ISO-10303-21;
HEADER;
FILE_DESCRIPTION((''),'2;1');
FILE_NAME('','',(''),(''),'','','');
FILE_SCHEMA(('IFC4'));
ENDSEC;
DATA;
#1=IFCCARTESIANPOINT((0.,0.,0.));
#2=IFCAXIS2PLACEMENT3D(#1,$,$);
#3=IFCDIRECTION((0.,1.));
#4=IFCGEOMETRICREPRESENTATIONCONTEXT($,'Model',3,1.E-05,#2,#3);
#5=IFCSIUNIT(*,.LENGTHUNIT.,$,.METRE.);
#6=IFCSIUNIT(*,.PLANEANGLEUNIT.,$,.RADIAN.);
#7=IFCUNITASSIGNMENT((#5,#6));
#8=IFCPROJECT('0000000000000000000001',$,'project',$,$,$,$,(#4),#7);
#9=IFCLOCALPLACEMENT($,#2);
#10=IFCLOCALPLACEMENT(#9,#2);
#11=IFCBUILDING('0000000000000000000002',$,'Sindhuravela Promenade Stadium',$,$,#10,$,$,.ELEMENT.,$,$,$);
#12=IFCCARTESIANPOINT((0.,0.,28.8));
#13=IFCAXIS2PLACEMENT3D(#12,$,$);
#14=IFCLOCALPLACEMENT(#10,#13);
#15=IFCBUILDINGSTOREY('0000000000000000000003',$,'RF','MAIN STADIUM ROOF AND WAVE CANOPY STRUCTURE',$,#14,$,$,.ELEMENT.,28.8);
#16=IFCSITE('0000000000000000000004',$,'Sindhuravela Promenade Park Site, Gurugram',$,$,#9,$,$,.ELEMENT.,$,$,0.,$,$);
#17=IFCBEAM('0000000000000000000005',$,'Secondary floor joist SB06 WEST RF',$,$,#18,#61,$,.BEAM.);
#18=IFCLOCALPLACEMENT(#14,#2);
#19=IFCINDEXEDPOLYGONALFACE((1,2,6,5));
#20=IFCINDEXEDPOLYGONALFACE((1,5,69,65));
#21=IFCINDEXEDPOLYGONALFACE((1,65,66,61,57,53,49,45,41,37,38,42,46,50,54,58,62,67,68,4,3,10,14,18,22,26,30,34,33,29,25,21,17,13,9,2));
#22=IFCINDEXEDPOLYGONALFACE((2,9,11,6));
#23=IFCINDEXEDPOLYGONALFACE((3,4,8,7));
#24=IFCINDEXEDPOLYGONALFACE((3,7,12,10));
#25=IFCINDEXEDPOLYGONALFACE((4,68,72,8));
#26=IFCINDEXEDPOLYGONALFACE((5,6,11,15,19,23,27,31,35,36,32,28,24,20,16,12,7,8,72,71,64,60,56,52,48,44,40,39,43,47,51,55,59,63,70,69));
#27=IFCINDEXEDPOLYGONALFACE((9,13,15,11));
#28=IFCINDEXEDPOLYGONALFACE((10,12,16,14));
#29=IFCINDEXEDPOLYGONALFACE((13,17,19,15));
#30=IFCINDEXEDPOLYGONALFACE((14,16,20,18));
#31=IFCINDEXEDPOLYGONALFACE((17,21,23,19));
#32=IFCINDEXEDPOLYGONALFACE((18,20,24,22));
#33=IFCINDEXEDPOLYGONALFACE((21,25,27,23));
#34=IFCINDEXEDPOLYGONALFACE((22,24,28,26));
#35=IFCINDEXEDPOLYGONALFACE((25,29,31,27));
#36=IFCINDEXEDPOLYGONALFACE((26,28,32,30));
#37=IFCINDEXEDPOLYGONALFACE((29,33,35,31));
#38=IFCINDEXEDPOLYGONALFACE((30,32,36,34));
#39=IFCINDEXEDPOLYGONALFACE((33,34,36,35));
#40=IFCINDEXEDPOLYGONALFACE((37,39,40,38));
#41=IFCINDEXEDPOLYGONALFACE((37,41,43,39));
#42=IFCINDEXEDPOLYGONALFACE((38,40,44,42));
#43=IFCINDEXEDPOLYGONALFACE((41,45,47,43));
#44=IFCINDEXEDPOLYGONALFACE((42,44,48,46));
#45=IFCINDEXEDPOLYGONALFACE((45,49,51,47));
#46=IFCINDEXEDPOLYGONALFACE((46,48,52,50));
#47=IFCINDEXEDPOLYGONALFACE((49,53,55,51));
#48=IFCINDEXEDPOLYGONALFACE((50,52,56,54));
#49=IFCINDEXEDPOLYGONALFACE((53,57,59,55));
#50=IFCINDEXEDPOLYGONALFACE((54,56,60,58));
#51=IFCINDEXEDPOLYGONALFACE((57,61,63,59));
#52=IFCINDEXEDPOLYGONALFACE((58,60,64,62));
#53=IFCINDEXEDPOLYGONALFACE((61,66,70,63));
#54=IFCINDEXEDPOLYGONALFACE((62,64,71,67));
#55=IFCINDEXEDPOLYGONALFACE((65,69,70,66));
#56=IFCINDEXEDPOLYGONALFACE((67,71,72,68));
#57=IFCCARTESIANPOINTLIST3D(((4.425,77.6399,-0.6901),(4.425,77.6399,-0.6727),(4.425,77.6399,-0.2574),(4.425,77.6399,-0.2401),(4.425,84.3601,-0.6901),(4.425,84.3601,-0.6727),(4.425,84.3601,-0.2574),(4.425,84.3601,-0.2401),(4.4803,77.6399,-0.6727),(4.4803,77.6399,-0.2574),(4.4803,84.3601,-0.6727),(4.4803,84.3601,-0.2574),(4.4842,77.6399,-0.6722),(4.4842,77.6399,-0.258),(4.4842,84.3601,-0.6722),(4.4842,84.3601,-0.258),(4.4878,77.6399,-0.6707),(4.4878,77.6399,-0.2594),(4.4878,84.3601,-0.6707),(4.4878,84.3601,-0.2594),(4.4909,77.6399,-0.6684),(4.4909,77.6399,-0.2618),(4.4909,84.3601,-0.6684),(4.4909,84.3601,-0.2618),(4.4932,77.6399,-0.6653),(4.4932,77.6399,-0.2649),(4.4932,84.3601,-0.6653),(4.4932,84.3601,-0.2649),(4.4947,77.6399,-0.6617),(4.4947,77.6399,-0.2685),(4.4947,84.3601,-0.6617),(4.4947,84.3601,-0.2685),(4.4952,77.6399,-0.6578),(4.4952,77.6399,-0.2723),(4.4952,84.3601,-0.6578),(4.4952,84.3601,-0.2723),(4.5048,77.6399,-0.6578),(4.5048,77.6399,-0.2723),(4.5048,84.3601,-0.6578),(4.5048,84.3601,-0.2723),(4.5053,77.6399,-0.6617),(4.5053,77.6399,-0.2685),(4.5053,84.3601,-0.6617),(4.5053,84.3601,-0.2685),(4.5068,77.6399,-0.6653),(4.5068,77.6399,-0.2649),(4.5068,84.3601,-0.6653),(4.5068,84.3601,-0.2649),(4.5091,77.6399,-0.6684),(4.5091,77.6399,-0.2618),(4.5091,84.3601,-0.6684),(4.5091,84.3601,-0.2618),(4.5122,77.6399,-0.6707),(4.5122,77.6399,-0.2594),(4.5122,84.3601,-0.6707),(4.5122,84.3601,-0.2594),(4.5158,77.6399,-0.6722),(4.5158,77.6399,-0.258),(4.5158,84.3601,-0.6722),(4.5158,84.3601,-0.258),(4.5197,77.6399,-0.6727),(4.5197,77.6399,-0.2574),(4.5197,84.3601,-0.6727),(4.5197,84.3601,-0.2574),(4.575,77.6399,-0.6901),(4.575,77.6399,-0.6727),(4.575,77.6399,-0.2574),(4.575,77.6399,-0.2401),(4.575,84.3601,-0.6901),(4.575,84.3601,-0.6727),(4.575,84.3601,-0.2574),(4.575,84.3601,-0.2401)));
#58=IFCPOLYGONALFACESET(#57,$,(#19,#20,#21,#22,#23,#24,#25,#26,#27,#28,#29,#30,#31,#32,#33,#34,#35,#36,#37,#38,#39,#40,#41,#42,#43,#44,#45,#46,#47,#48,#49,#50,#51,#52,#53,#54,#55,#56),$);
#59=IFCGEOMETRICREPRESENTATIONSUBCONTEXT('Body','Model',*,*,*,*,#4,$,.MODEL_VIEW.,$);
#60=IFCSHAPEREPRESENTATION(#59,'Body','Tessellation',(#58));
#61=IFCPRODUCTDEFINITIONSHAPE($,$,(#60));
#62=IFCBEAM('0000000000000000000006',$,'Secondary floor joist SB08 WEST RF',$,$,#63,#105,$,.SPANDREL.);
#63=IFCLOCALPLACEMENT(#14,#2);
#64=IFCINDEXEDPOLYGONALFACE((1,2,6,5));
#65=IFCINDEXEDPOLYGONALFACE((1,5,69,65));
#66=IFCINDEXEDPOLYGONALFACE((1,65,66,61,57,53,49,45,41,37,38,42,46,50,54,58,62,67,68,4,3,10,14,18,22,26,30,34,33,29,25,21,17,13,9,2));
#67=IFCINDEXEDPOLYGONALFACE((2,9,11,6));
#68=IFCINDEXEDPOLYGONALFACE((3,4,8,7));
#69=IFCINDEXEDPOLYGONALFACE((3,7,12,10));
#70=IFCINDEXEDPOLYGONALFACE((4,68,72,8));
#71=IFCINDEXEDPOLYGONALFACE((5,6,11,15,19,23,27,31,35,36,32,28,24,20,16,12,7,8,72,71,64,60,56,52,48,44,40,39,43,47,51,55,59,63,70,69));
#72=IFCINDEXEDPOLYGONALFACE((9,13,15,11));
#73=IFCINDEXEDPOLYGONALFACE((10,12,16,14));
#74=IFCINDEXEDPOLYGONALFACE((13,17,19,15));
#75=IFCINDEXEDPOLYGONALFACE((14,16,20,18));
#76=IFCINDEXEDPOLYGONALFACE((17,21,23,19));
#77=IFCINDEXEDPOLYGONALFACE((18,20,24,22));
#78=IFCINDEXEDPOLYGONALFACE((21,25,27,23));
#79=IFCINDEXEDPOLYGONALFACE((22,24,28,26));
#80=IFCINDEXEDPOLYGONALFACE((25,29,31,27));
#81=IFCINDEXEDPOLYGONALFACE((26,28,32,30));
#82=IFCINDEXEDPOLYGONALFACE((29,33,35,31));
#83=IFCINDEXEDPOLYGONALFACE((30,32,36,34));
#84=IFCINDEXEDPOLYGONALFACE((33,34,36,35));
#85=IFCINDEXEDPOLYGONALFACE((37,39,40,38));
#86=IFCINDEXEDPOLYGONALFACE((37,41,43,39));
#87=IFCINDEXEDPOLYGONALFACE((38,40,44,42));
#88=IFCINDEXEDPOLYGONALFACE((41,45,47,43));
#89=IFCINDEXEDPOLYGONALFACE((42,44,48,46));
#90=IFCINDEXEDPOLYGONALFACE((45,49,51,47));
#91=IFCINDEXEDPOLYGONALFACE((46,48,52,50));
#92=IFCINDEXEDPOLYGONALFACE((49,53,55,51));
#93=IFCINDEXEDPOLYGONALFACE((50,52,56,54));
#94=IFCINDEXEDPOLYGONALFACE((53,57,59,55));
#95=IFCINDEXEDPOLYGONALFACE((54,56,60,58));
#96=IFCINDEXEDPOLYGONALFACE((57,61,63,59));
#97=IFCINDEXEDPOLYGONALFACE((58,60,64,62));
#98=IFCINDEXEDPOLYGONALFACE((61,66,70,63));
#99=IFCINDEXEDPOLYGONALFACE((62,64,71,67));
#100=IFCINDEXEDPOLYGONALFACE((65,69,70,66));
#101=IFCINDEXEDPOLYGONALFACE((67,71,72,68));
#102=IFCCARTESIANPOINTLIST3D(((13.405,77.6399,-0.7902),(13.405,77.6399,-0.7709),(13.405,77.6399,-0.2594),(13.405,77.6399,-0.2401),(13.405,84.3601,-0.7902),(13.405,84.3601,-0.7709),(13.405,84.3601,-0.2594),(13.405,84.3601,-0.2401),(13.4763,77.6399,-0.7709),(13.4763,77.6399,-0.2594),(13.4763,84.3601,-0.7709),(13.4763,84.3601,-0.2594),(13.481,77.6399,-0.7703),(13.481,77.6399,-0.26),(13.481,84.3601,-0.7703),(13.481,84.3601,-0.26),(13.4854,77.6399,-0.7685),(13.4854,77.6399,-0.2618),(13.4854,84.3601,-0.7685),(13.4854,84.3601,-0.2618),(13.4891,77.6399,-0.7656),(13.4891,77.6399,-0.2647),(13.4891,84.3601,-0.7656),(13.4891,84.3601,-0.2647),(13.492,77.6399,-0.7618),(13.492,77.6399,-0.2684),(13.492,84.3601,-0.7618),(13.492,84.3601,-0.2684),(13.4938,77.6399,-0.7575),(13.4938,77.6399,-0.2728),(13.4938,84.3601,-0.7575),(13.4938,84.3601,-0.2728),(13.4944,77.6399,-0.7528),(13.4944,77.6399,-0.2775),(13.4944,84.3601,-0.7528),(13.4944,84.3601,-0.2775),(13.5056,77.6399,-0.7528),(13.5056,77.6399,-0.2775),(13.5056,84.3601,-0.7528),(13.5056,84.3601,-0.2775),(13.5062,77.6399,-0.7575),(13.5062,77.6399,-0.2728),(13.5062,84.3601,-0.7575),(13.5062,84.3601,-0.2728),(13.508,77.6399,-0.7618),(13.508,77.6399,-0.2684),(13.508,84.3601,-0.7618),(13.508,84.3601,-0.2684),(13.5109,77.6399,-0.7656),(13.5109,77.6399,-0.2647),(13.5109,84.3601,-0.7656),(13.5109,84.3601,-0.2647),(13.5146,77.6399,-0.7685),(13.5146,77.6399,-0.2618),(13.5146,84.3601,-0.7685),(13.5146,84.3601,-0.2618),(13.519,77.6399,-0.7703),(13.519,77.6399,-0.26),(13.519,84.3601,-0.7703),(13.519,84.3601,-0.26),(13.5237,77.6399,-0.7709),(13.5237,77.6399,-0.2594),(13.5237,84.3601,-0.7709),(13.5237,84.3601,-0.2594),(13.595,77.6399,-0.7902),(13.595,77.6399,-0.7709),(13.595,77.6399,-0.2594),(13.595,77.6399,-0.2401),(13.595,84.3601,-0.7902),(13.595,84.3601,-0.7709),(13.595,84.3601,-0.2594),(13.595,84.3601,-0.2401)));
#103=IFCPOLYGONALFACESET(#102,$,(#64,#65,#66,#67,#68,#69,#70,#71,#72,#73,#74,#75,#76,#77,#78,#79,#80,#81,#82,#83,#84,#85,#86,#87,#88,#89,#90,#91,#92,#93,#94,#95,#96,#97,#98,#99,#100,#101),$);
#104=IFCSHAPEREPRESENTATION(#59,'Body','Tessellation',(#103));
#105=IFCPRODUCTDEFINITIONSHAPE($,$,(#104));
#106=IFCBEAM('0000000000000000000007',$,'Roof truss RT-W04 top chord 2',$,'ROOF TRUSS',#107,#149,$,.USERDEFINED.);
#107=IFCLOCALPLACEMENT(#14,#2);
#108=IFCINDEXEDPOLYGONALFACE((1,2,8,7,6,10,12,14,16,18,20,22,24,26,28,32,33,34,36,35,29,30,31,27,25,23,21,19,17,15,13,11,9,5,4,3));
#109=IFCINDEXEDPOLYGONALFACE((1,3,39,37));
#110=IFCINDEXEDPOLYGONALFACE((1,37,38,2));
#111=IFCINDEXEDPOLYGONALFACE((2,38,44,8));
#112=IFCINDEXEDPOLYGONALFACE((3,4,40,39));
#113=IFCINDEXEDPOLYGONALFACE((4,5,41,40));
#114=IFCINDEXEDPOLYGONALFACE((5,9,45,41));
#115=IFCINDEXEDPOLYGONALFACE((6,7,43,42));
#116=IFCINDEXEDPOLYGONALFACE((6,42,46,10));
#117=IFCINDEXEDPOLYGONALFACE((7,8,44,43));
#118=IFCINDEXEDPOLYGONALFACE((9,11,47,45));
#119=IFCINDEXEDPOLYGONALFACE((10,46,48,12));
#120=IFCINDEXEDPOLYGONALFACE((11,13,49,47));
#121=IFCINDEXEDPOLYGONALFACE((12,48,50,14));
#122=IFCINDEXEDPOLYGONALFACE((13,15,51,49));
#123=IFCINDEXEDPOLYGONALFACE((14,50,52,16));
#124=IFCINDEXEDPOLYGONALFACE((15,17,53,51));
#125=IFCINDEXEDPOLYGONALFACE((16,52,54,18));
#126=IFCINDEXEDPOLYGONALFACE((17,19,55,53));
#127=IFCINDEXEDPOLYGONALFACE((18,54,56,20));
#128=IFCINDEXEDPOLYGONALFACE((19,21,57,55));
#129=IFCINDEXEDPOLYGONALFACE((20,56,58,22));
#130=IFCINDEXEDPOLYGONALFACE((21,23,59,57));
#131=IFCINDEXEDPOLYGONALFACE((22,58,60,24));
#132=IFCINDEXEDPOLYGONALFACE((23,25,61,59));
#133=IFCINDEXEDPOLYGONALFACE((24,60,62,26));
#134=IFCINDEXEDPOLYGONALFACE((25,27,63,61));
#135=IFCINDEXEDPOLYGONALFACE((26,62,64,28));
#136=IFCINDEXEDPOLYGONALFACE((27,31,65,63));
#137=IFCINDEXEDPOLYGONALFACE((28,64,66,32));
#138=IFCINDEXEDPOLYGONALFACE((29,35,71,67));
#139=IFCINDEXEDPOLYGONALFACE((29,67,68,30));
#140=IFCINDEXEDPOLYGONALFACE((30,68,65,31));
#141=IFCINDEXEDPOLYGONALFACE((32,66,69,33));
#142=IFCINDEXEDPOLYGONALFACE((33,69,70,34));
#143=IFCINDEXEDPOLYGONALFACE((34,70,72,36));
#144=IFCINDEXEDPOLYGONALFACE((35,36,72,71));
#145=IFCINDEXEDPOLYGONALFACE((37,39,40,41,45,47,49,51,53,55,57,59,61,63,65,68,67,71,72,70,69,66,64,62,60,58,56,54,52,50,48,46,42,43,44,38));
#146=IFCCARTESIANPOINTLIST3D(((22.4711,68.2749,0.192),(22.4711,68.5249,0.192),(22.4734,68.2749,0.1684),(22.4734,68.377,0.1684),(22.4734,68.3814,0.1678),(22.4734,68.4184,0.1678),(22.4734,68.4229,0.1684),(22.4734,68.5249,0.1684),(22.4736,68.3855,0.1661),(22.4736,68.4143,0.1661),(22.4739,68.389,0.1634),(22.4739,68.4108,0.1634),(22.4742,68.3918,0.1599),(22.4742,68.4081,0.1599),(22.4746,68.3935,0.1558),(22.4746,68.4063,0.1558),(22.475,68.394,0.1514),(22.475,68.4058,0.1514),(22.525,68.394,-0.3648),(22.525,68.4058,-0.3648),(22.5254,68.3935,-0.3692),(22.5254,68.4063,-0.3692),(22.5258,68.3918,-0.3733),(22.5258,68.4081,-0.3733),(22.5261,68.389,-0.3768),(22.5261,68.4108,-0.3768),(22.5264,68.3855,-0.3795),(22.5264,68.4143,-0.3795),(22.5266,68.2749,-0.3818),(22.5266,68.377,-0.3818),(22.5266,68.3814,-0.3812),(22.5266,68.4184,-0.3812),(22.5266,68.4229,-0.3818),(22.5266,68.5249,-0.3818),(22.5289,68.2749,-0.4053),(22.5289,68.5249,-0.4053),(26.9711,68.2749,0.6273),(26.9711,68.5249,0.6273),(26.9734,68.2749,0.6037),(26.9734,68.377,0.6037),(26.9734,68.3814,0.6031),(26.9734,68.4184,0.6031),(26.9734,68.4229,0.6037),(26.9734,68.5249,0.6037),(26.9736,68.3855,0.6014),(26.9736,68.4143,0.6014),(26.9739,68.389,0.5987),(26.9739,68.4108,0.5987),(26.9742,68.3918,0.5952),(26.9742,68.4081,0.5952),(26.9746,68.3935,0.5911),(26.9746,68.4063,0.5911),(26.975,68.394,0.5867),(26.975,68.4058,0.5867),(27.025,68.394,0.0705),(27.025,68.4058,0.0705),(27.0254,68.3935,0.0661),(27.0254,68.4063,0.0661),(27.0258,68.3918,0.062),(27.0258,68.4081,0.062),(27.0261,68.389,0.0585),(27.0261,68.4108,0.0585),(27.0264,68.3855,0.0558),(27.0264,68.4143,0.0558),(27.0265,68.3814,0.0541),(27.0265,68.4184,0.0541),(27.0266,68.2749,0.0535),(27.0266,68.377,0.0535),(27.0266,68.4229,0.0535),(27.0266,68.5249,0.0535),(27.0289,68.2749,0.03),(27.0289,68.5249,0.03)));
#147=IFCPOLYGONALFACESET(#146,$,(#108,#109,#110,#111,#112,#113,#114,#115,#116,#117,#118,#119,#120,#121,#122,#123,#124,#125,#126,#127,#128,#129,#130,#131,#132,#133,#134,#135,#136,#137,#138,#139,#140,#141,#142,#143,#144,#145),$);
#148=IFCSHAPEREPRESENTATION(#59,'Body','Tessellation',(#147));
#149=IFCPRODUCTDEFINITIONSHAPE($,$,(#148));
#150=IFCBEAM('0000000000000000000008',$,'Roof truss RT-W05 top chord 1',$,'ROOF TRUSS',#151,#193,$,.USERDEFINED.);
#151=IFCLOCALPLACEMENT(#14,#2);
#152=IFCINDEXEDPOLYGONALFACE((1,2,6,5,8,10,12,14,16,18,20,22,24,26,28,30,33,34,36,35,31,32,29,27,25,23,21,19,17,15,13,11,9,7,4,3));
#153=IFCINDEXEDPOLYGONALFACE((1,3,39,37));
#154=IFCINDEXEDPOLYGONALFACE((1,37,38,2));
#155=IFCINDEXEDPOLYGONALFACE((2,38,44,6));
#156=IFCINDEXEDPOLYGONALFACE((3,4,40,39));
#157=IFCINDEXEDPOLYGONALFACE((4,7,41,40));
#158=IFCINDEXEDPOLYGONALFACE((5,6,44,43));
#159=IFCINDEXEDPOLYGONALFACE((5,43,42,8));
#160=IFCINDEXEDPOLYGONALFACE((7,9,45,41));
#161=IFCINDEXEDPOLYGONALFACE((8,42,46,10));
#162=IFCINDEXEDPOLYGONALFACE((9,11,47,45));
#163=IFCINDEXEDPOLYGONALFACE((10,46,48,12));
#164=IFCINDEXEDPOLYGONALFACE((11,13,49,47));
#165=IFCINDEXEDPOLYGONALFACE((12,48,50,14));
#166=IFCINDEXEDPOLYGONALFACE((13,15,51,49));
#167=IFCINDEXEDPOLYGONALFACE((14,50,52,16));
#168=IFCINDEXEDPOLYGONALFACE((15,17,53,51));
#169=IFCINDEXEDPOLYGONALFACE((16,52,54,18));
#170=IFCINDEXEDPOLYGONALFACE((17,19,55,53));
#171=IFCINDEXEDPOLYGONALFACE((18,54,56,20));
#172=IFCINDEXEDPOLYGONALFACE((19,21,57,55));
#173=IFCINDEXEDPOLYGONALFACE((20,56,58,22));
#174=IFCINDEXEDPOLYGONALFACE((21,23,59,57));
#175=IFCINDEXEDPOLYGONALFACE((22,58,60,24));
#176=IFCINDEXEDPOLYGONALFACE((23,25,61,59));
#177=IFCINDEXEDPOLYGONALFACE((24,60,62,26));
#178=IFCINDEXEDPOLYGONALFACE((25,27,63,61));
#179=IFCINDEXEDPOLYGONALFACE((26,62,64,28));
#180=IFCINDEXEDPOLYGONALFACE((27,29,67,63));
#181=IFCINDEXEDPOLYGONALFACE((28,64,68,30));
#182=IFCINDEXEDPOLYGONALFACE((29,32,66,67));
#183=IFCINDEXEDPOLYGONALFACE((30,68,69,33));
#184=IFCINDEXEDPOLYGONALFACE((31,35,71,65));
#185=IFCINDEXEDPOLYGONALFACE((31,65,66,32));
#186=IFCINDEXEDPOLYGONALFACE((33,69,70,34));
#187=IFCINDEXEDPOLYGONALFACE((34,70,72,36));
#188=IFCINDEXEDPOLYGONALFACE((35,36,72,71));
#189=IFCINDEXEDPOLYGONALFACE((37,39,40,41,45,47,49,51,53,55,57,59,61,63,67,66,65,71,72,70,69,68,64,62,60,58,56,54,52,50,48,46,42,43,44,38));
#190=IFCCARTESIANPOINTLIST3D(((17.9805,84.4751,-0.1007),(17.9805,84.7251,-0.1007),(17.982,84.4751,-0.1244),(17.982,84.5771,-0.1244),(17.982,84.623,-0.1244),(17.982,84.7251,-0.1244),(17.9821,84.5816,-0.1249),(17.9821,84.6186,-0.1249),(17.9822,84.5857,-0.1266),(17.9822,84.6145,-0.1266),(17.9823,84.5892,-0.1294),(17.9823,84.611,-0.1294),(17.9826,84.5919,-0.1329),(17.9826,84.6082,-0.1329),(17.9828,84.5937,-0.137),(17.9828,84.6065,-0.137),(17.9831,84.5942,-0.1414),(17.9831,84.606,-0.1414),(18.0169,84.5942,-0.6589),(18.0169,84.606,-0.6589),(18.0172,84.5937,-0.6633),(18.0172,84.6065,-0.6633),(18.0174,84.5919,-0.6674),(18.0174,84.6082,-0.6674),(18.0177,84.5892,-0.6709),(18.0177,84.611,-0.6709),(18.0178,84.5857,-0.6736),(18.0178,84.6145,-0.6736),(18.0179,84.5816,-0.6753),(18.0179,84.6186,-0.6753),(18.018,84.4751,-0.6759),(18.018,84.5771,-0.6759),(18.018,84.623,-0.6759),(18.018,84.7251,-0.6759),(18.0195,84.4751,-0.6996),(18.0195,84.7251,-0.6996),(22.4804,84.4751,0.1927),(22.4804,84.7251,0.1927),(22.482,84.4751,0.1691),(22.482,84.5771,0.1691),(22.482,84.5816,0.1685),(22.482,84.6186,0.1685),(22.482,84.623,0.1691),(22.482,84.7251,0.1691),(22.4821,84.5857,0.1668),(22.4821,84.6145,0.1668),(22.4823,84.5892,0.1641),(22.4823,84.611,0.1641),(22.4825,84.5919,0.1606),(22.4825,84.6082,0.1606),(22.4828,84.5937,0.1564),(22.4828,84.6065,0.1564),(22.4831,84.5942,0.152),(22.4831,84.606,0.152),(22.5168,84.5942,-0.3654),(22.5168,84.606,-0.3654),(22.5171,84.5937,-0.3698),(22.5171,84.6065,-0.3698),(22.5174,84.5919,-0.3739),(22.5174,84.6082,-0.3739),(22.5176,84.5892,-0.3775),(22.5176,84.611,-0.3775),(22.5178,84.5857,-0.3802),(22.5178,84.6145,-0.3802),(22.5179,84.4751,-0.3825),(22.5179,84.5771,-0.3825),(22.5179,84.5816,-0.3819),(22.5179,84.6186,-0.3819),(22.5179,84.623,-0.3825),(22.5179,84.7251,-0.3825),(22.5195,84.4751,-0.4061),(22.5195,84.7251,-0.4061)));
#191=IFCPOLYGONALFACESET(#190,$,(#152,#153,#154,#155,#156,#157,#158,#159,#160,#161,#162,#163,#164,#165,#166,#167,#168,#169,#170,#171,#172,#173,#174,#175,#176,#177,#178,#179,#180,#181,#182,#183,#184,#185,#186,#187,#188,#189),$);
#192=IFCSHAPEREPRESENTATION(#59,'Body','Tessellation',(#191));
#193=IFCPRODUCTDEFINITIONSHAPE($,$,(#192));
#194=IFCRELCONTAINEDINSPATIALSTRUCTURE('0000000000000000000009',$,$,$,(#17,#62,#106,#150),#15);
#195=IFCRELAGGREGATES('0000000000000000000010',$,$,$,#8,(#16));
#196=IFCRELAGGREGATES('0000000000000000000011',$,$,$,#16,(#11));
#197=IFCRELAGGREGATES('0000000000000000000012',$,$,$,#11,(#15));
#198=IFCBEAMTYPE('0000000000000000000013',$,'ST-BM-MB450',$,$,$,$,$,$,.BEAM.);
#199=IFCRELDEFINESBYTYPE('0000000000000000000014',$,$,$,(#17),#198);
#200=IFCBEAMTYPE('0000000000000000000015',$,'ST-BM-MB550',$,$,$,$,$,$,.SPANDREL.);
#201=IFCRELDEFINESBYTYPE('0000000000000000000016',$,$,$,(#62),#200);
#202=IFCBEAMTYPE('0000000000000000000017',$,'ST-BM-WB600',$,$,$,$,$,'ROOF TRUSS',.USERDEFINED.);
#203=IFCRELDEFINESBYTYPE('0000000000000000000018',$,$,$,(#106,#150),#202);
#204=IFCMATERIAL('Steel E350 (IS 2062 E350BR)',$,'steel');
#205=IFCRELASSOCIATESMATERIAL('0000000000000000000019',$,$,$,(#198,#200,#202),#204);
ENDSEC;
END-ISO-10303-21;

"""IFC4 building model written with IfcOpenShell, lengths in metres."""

from ifc_helpers import new_model, si_unit, direction, frame, origin, origin_2d, place, context, subcontext, project, spatial, i_section, extrude, material, material_profile, profile_set, type_object, element, save


model = new_model("IFC4")

# Units and contexts
model_context = context("Model", 3, precision=1e-05, world=origin(), true_north=direction((0.0, 1.0)))
body_context = subcontext(model_context, "Body", "Model", "MODEL_VIEW")
ifc_project = project(units=[si_unit("LENGTHUNIT", "METRE"), si_unit("PLANEANGLEUNIT", "RADIAN")], contexts=[model_context])

# Site, building, storey
site_placement = place(None, origin())
site = spatial("IfcSite", under=ifc_project, at=site_placement, Name="Sindhuravela Promenade Park Site, Gurugram", CompositionType="ELEMENT", RefElevation=0.0)
building_placement = place(site_placement, origin())
building = spatial("IfcBuilding", under=site, at=building_placement, Name="Sindhuravela Promenade Stadium", CompositionType="ELEMENT")
storey_placement = place(building_placement, frame((0.0, 0.0, 28.8)))
storey = spatial("IfcBuildingStorey", under=building, at=storey_placement, Name="RF", Description="MAIN STADIUM ROOF AND WAVE CANOPY STRUCTURE", CompositionType="ELEMENT", Elevation=28.8)

# Beams
ifc_material_1 = material(Name="Steel E350 (IS 2062 E350BR)", Category="steel")
ifc_material_profile_1 = material_profile(ifc_material_1, i_section(OverallWidth=0.1499, OverallDepth=0.45, WebThickness=0.0095, FlangeThickness=0.0173, FilletRadius=0.0149, at=origin_2d()), Name="ISMB 450")
ifc_profile_set_1 = profile_set([ifc_material_profile_1], Name="Steel E350 (IS 2062 E350BR)")
beam_type_1 = type_object("IfcBeamType", Name="ST-BM-MB450", PredefinedType="BEAM", material=ifc_profile_set_1)
beam_1_placement = place(storey_placement, frame((4.5, 77.6399, -0.4651), z_axis=(0.0, 1.0, 0.0), x_axis=(-1.0, 0.0, 0.0)))
element("IfcBeam", 1, at=beam_1_placement, inside=storey, type_object=beam_type_1, Name="Secondary floor joist SB06 WEST RF", PredefinedType="BEAM", context=body_context, shape_type="SweptSolid", body=[
    extrude(i_section(OverallWidth=0.1499, OverallDepth=0.45, WebThickness=0.0095, FlangeThickness=0.0173, FilletRadius=0.0149, at=origin_2d()), origin(), (0.0, 0.0, 1.0), 6.7202),
])
ifc_material_profile_2 = material_profile(ifc_material_1, i_section(OverallWidth=0.1899, OverallDepth=0.55, WebThickness=0.0112, FlangeThickness=0.0193, FilletRadius=0.0181, at=origin_2d()), Name="ISMB 550")
ifc_profile_set_2 = profile_set([ifc_material_profile_2], Name="Steel E350 (IS 2062 E350BR)")
beam_type_2 = type_object("IfcBeamType", Name="ST-BM-MB550", PredefinedType="SPANDREL", material=ifc_profile_set_2)
beam_2_placement = place(storey_placement, frame((13.5, 77.6399, -0.5151), z_axis=(0.0, 1.0, 0.0), x_axis=(-1.0, 0.0, 0.0)))
element("IfcBeam", 2, at=beam_2_placement, inside=storey, type_object=beam_type_2, Name="Secondary floor joist SB08 WEST RF", PredefinedType="SPANDREL", context=body_context, shape_type="SweptSolid", body=[
    extrude(i_section(OverallWidth=0.1899, OverallDepth=0.55, WebThickness=0.0112, FlangeThickness=0.0193, FilletRadius=0.0181, at=origin_2d()), origin(), (0.0, 0.0, 1.0), 6.7202),
])
ifc_material_profile_3 = material_profile(ifc_material_1, i_section(OverallWidth=0.25, OverallDepth=0.6001, WebThickness=0.0117, FlangeThickness=0.0237, FilletRadius=0.0171, at=origin_2d()), Name="ISWB 600")
ifc_profile_set_3 = profile_set([ifc_material_profile_3], Name="Steel E350 (IS 2062 E350BR)")
beam_type_3 = type_object("IfcBeamType", Name="ST-BM-WB600", ElementType="ROOF TRUSS", PredefinedType="USERDEFINED", material=ifc_profile_set_3)
beam_3_placement = place(storey_placement, frame((22.5, 68.3999, -0.1067), z_axis=(0.995354, 0.0, 0.096285), x_axis=(0.0, 1.0, 0.0)))
element("IfcBeam", 3, at=beam_3_placement, inside=storey, type_object=beam_type_3, Name="Roof truss RT-W04 top chord 2", ObjectType="ROOF TRUSS", PredefinedType="USERDEFINED", context=body_context, shape_type="SweptSolid", body=[
    extrude(i_section(OverallWidth=0.25, OverallDepth=0.6001, WebThickness=0.0117, FlangeThickness=0.0237, FilletRadius=0.0171, at=origin_2d()), origin(), (0.0, 0.0, 1.0), 4.521),
])
beam_4_placement = place(storey_placement, frame((18.0, 84.6001, -0.4001), z_axis=(0.99788, 0.0, 0.065074), x_axis=(0.0, 1.0, 0.0)))
element("IfcBeam", 4, at=beam_4_placement, inside=storey, type_object=beam_type_3, Name="Roof truss RT-W05 top chord 1", ObjectType="ROOF TRUSS", PredefinedType="USERDEFINED", context=body_context, shape_type="SweptSolid", body=[
    extrude(i_section(OverallWidth=0.25, OverallDepth=0.6001, WebThickness=0.0117, FlangeThickness=0.0237, FilletRadius=0.0171, at=origin_2d()), origin(), (0.0, 0.0, 1.0), 4.5095),
])

save(model, "model.ifc")
